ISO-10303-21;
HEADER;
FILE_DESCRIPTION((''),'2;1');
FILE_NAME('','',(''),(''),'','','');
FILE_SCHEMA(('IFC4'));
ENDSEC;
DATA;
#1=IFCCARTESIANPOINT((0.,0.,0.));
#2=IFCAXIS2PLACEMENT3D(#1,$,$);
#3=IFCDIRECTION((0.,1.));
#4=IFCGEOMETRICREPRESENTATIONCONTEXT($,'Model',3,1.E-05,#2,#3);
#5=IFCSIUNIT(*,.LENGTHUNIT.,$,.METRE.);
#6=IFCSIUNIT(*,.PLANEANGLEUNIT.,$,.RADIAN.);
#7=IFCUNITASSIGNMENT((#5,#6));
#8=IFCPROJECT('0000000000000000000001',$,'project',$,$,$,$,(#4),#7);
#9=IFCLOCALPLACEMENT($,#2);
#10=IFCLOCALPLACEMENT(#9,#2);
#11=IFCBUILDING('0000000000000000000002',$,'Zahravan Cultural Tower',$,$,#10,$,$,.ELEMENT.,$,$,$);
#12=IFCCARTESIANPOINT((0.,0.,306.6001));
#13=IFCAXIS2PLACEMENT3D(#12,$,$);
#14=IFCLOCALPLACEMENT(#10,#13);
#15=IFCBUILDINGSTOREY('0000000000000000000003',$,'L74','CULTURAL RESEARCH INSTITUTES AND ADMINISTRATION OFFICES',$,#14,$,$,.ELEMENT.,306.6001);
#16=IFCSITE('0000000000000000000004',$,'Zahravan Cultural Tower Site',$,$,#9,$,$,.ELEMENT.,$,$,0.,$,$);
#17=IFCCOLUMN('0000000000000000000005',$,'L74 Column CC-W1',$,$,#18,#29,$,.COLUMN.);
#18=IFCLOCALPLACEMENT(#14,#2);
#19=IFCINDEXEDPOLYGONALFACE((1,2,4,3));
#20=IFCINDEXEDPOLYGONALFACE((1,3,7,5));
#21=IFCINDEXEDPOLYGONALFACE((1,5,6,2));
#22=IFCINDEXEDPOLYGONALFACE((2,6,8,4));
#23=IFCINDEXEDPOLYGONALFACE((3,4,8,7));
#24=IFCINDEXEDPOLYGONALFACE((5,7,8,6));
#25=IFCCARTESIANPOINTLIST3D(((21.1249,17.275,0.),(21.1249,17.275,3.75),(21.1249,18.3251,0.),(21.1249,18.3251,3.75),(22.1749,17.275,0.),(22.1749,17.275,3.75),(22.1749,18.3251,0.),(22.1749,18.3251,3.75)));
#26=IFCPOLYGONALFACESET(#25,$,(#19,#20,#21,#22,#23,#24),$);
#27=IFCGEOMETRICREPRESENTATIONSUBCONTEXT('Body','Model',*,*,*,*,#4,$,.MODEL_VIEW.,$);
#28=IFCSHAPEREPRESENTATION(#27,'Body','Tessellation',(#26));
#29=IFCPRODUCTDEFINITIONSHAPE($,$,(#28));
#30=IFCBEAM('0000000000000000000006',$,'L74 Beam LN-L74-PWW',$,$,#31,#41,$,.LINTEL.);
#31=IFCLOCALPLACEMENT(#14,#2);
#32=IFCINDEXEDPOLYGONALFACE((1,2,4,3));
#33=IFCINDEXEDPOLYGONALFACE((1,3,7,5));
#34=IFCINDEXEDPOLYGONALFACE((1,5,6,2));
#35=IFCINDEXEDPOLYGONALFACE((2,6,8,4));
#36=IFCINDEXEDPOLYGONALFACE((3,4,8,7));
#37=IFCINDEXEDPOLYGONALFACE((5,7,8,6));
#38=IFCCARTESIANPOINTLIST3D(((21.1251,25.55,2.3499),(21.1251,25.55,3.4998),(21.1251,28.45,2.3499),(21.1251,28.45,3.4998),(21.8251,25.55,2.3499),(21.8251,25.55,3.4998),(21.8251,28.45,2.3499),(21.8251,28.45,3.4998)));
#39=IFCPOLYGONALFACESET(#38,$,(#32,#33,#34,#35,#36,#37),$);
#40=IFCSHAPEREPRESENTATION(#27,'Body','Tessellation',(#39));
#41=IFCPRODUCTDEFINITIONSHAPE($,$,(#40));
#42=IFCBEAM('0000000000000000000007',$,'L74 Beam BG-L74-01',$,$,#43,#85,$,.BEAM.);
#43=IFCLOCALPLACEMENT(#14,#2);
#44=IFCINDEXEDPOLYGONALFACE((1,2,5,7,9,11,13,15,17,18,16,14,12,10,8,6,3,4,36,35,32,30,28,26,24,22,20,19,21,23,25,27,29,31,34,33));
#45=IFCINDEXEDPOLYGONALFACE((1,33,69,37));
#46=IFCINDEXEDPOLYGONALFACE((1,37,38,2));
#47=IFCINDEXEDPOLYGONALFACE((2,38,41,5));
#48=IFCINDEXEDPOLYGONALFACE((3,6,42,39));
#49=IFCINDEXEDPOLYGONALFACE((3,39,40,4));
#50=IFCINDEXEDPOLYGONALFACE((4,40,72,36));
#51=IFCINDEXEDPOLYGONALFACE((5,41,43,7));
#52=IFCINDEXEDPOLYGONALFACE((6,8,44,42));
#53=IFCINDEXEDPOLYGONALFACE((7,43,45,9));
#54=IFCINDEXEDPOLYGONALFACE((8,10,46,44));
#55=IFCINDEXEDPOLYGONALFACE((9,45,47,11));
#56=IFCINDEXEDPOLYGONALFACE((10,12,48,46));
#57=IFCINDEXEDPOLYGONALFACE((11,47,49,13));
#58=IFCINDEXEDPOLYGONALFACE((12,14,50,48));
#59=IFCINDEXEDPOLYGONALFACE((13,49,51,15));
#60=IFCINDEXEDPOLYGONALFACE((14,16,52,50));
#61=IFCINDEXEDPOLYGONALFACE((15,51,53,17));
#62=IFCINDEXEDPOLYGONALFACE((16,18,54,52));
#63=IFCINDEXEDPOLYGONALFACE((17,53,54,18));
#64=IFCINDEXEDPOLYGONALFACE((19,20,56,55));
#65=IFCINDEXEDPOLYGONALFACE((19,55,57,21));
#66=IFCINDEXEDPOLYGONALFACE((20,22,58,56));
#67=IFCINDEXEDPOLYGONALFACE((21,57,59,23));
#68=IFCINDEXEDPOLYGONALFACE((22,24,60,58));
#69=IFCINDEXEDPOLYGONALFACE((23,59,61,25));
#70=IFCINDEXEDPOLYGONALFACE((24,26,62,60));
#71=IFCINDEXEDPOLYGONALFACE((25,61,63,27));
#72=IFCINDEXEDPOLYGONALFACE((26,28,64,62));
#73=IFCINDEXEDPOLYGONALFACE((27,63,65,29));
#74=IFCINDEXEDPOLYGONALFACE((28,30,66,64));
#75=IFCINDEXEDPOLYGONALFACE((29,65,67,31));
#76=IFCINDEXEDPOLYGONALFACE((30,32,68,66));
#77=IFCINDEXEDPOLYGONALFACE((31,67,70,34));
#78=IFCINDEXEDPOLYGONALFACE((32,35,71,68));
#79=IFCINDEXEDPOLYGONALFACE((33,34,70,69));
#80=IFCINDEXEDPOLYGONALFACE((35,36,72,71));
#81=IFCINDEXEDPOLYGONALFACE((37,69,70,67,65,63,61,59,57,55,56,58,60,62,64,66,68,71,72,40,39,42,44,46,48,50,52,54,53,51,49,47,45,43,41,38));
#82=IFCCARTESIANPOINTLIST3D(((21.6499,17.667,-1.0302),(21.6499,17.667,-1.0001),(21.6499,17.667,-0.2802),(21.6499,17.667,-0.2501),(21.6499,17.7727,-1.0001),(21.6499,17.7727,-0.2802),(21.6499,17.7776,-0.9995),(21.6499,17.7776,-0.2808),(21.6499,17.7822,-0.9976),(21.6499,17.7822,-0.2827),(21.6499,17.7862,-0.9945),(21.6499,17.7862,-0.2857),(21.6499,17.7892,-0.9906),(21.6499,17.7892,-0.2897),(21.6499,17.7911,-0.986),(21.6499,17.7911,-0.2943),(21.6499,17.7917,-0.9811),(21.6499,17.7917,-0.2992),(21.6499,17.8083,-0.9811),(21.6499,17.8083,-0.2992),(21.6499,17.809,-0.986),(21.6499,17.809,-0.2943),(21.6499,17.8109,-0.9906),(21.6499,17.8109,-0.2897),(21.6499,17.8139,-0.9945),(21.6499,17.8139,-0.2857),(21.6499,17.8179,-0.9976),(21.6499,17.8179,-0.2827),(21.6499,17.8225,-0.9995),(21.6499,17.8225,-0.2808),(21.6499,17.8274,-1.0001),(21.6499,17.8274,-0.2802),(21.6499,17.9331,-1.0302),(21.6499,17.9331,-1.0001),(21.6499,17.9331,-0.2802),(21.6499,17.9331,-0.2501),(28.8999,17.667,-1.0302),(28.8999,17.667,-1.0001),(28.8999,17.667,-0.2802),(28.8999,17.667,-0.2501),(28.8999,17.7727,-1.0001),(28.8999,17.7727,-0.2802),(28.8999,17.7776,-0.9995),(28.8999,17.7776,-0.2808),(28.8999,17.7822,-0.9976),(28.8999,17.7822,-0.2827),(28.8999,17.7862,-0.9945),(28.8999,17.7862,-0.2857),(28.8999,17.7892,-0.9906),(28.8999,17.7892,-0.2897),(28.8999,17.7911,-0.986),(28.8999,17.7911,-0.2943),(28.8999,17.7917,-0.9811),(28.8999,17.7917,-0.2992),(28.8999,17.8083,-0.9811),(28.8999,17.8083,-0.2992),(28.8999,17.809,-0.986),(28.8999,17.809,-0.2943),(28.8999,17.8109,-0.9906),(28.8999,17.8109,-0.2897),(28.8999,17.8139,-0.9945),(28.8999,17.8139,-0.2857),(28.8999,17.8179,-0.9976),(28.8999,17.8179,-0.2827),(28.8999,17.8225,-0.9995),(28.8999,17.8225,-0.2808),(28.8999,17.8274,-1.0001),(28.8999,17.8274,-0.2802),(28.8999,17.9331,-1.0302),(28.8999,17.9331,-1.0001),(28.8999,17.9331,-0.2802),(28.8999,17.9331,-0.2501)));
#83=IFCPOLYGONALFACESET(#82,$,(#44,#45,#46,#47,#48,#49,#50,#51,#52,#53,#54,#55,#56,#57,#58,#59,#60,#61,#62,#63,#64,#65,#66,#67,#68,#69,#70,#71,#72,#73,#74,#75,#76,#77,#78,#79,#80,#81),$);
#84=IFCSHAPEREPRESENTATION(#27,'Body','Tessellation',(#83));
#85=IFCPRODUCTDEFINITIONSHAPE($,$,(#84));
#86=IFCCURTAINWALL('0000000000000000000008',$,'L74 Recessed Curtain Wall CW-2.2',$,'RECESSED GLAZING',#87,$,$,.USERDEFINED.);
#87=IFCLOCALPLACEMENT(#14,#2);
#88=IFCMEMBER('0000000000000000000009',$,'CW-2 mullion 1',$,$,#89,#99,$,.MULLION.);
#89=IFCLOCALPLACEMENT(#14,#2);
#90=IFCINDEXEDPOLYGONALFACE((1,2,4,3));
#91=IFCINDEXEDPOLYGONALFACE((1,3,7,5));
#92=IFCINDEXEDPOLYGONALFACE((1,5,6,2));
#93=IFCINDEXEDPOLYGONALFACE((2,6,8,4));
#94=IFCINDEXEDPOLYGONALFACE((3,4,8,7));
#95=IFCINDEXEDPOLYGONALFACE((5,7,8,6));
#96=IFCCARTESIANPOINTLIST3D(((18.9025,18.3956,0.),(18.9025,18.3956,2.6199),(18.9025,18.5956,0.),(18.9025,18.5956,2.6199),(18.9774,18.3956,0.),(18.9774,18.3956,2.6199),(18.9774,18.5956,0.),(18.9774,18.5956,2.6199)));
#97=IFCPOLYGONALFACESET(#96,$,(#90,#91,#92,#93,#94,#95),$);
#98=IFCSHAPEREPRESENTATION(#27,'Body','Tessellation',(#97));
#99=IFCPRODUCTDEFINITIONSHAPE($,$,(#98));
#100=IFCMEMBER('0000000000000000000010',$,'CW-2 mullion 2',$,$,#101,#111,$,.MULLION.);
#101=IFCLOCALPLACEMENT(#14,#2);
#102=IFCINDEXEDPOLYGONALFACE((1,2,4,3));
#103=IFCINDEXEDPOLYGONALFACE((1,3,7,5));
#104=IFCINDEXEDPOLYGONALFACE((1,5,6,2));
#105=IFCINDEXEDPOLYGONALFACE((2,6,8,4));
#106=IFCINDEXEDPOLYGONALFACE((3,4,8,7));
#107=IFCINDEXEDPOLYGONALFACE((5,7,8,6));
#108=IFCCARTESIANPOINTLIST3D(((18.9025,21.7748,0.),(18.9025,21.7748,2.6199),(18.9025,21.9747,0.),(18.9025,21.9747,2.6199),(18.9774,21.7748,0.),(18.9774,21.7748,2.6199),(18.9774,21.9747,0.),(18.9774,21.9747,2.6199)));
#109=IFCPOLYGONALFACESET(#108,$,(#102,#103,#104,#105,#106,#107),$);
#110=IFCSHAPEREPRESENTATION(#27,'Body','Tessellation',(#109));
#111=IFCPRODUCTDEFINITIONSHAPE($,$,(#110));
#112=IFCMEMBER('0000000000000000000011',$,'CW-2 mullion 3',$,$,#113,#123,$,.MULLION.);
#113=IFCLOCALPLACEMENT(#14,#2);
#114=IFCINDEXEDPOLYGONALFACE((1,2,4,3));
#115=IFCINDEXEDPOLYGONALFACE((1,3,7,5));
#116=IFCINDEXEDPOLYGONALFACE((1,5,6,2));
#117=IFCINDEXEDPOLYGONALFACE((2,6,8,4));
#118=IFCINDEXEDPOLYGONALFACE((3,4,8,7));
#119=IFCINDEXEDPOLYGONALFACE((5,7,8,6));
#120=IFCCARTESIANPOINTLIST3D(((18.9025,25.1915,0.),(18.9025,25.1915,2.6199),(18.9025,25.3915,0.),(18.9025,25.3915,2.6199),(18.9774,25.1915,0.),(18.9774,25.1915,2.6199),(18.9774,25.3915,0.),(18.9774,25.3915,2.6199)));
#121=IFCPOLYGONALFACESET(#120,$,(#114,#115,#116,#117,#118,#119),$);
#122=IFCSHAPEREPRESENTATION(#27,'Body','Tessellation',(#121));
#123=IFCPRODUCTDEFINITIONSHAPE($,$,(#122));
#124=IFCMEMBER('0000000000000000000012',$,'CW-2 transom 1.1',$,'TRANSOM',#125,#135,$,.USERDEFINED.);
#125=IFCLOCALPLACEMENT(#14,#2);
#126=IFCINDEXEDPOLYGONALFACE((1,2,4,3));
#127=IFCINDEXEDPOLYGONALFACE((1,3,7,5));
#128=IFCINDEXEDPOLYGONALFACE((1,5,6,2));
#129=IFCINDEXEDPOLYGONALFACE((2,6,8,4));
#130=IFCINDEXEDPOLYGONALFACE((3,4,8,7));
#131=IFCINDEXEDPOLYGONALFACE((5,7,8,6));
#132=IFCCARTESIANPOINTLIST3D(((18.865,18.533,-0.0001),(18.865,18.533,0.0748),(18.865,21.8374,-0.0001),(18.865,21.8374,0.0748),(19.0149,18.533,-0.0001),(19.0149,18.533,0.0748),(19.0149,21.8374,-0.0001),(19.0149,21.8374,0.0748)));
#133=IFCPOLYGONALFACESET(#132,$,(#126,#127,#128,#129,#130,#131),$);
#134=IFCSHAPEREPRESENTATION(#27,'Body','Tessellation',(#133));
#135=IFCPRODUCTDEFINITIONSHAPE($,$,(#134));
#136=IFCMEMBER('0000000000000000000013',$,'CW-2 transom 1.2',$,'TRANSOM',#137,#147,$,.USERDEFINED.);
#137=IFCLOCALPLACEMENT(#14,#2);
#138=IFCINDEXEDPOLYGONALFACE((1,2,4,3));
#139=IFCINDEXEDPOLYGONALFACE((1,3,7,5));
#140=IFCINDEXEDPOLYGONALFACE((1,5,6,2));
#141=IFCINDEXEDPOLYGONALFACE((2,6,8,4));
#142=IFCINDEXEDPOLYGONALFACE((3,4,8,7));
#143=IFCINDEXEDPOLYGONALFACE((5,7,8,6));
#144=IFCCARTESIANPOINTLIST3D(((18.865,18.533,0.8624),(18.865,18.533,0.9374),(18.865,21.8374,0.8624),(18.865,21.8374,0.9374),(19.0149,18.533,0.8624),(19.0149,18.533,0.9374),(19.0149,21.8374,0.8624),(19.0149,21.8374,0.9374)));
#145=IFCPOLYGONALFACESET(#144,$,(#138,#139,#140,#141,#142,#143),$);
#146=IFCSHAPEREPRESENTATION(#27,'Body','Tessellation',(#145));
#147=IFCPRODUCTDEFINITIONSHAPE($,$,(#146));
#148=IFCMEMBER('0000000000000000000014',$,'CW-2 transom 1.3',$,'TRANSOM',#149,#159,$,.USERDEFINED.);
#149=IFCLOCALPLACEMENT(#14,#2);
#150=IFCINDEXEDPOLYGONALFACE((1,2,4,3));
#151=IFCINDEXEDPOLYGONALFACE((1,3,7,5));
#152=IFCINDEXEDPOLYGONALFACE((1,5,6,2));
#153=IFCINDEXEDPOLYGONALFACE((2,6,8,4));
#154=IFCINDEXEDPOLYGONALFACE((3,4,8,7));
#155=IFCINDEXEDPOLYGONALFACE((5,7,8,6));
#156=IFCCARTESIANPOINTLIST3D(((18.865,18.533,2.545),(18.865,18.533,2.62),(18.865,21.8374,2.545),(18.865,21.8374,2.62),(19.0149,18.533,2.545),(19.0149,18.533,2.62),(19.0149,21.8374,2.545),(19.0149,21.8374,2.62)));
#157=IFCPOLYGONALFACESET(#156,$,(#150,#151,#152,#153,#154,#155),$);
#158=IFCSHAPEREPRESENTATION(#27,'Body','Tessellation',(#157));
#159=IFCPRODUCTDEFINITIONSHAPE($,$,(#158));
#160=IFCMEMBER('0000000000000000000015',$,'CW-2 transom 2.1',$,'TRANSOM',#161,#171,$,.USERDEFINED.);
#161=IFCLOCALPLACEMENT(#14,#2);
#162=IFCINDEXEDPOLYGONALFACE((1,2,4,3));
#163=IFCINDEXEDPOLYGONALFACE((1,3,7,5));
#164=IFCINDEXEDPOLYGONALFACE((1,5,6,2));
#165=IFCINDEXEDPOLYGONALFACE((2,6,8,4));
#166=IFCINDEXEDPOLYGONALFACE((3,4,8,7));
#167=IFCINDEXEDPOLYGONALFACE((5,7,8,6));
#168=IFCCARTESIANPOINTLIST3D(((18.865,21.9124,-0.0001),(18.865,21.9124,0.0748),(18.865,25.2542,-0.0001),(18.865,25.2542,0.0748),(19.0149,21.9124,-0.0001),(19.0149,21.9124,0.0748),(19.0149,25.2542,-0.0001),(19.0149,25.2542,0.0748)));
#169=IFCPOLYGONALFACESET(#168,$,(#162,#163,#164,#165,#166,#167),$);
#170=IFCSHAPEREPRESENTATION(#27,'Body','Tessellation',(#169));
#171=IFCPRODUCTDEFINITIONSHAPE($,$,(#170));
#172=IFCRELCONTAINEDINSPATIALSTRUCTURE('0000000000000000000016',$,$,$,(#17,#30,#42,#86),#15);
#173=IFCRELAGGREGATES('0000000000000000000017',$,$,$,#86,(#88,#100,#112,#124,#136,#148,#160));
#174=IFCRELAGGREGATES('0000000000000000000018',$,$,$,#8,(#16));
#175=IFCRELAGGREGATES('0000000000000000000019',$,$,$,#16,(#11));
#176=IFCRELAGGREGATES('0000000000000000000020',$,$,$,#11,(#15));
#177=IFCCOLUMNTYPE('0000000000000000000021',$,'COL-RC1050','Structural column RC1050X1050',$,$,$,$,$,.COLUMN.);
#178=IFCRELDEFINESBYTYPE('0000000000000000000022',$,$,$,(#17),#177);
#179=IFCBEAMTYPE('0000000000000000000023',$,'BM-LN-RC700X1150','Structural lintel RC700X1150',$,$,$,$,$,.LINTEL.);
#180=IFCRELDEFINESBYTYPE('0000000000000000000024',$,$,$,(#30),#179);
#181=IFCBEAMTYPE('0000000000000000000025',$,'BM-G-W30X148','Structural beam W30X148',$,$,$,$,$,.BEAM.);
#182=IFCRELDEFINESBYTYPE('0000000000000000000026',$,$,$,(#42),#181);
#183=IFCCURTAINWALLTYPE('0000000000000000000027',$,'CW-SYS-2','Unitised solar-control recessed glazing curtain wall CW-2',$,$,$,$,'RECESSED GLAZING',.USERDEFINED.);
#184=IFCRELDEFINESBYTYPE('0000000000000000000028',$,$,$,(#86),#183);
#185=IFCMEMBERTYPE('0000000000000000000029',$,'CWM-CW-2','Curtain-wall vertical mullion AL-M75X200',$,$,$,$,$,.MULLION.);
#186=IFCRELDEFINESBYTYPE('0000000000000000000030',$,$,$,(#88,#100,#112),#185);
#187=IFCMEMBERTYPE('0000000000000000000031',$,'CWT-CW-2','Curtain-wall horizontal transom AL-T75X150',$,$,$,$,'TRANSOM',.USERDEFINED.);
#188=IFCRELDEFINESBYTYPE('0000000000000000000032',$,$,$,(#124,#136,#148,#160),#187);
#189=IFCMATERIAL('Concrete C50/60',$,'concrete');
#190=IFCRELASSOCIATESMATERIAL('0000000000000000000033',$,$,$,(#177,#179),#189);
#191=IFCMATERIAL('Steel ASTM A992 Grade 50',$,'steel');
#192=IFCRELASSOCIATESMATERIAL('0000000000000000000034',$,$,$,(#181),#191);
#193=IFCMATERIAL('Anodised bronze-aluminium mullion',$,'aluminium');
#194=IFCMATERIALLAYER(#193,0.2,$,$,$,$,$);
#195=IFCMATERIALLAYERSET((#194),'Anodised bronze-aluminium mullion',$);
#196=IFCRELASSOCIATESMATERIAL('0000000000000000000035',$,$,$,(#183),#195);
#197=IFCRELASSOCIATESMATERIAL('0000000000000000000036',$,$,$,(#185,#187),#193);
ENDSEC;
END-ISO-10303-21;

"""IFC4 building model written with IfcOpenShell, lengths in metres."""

from ifc_helpers import new_model, si_unit, direction, frame, origin, origin_2d, place, context, subcontext, project, spatial, rectangle, i_section, extrude, source, transform, mapped, material, layer, layer_set, material_profile, profile_set, type_object, element, aggregate, save


model = new_model("IFC4")

# Units and contexts
model_context = context("Model", 3, precision=1e-05, world=origin(), true_north=direction((0.0, 1.0)))
body_context = subcontext(model_context, "Body", "Model", "MODEL_VIEW")
ifc_project = project(units=[si_unit("LENGTHUNIT", "METRE"), si_unit("PLANEANGLEUNIT", "RADIAN")], contexts=[model_context])

# Site, building, storey
site_placement = place(None, origin())
site = spatial("IfcSite", under=ifc_project, at=site_placement, Name="Zahravan Cultural Tower Site", CompositionType="ELEMENT", RefElevation=0.0)
building_placement = place(site_placement, origin())
building = spatial("IfcBuilding", under=site, at=building_placement, Name="Zahravan Cultural Tower", CompositionType="ELEMENT")
storey_placement = place(building_placement, frame((0.0, 0.0, 306.6001)))
storey = spatial("IfcBuildingStorey", under=building, at=storey_placement, Name="L74", Description="CULTURAL RESEARCH INSTITUTES AND ADMINISTRATION OFFICES", CompositionType="ELEMENT", Elevation=306.6001)

# Column
ifc_material_1 = material(Name="Concrete C50/60", Category="concrete")
ifc_material_profile_1 = material_profile(ifc_material_1, rectangle(XDim=1.05, YDim=1.05, at=origin_2d()), Name="RC1050X1050")
ifc_profile_set_1 = profile_set([ifc_material_profile_1], Name="Concrete C50/60")
column_type = type_object("IfcColumnType", Name="COL-RC1050", Description="Structural column RC1050X1050", PredefinedType="COLUMN", material=ifc_profile_set_1)
shared_shape_1 = source(origin(), body_context, "Body", "SweptSolid", [
    extrude(rectangle(XDim=1.05, YDim=1.05, at=origin_2d()), origin(), (0.0, 0.0, 1.0), 3.75),
])
column_placement = place(storey_placement, frame((21.6499, 17.8, 0.0), z_axis=(0.0, 0.0, 1.0), x_axis=(1.0, 0.0, 0.0)))
element("IfcColumn", 1, at=column_placement, inside=storey, type_object=column_type, Name="L74 Column CC-W1", PredefinedType="COLUMN", context=body_context, shape_type="MappedRepresentation", body=[
    mapped(shared_shape_1, transform((0.0, 0.0, 0.0), x_axis=(1.0, 0.0, 0.0), y_axis=(0.0, 1.0, 0.0), z_axis=(0.0, 0.0, 1.0), scale=1.0)),
])

# Beams
ifc_material_profile_2 = material_profile(ifc_material_1, rectangle(XDim=0.7, YDim=1.1499, at=origin_2d()), Name="RC700X1150")
ifc_profile_set_2 = profile_set([ifc_material_profile_2], Name="Concrete C50/60")
beam_type_1 = type_object("IfcBeamType", Name="BM-LN-RC700X1150", Description="Structural lintel RC700X1150", PredefinedType="LINTEL", material=ifc_profile_set_2)
shared_shape_2 = source(origin(), body_context, "Body", "SweptSolid", [
    extrude(rectangle(XDim=0.7, YDim=1.1499, at=origin_2d()), origin(), (0.0, 0.0, 1.0), 2.8999),
])
beam_1_placement = place(storey_placement, frame((21.4751, 25.55, 2.9248), z_axis=(0.0, 1.0, 0.0), x_axis=(-1.0, 0.0, 0.0)))
element("IfcBeam", 2, at=beam_1_placement, inside=storey, type_object=beam_type_1, Name="L74 Beam LN-L74-PWW", PredefinedType="LINTEL", context=body_context, shape_type="MappedRepresentation", body=[
    mapped(shared_shape_2, transform((0.0, 0.0, 0.0), x_axis=(1.0, 0.0, 0.0), y_axis=(0.0, 1.0, 0.0), z_axis=(0.0, 0.0, 1.0), scale=1.0)),
])
ifc_material_2 = material(Name="Steel ASTM A992 Grade 50", Category="steel")
ifc_material_profile_3 = material_profile(ifc_material_2, i_section(OverallWidth=0.2661, OverallDepth=0.78, WebThickness=0.0166, FlangeThickness=0.03, FilletRadius=0.019, at=origin_2d()), Name="W30X148")
ifc_profile_set_3 = profile_set([ifc_material_profile_3], Name="Steel ASTM A992 Grade 50")
beam_type_2 = type_object("IfcBeamType", Name="BM-G-W30X148", Description="Structural beam W30X148", PredefinedType="BEAM", material=ifc_profile_set_3)
shared_shape_3 = source(origin(), body_context, "Body", "SweptSolid", [
    extrude(i_section(OverallWidth=0.2661, OverallDepth=0.78, WebThickness=0.0166, FlangeThickness=0.03, FilletRadius=0.019, at=origin_2d()), origin(), (0.0, 0.0, 1.0), 7.25),
])
beam_2_placement = place(storey_placement, frame((21.6499, 17.8, -0.6401), z_axis=(1.0, 0.0, 0.0), x_axis=(0.0, 1.0, 0.0)))
element("IfcBeam", 3, at=beam_2_placement, inside=storey, type_object=beam_type_2, Name="L74 Beam BG-L74-01", PredefinedType="BEAM", context=body_context, shape_type="MappedRepresentation", body=[
    mapped(shared_shape_3, transform((0.0, 0.0, 0.0), x_axis=(1.0, 0.0, 0.0), y_axis=(0.0, 1.0, 0.0), z_axis=(0.0, 0.0, 1.0), scale=1.0)),
])

# Curtain wall, members
ifc_material_3 = material(Name="Anodised bronze-aluminium mullion", Category="aluminium")
ifc_layer_1 = layer(ifc_material_3, 0.2)
ifc_layer_set_1 = layer_set([ifc_layer_1], Name="Anodised bronze-aluminium mullion")
curtain_wall_type = type_object("IfcCurtainWallType", Name="CW-SYS-2", Description="Unitised solar-control recessed glazing curtain wall CW-2", ElementType="RECESSED GLAZING", PredefinedType="USERDEFINED", material=ifc_layer_set_1)
curtain_wall_placement = place(storey_placement, origin())
curtain_wall = element("IfcCurtainWall", 4, at=curtain_wall_placement, inside=storey, type_object=curtain_wall_type, Name="L74 Recessed Curtain Wall CW-2.2", ObjectType="RECESSED GLAZING", PredefinedType="USERDEFINED")
ifc_material_profile_4 = material_profile(ifc_material_3, rectangle(XDim=0.075, YDim=0.2, at=origin_2d()), Name="AL-M75X200")
ifc_profile_set_4 = profile_set([ifc_material_profile_4], Name="Anodised bronze-aluminium mullion")
member_type_1 = type_object("IfcMemberType", Name="CWM-CW-2", Description="Curtain-wall vertical mullion AL-M75X200", PredefinedType="MULLION", material=ifc_profile_set_4)
shared_shape_4 = source(origin(), body_context, "Body", "SweptSolid", [
    extrude(rectangle(XDim=0.075, YDim=0.2, at=origin_2d()), origin(), (0.0, 0.0, 1.0), 2.6199),
])
member_1_placement = place(storey_placement, frame((18.9399, 18.4956, 0.0), z_axis=(0.0, 0.0, 1.0), x_axis=(-1.0, 0.0, 0.0)))
member_1 = element("IfcMember", 5, at=member_1_placement, type_object=member_type_1, Name="CW-2 mullion 1", PredefinedType="MULLION", context=body_context, shape_type="MappedRepresentation", body=[
    mapped(shared_shape_4, transform((0.0, 0.0, 0.0), x_axis=(1.0, 0.0, 0.0), y_axis=(0.0, 1.0, 0.0), z_axis=(0.0, 0.0, 1.0), scale=1.0)),
])
member_2_placement = place(storey_placement, frame((18.9399, 21.8748, 0.0), z_axis=(0.0, 0.0, 1.0), x_axis=(-1.0, 0.0, 0.0)))
member_2 = element("IfcMember", 6, at=member_2_placement, type_object=member_type_1, Name="CW-2 mullion 2", PredefinedType="MULLION", context=body_context, shape_type="MappedRepresentation", body=[
    mapped(shared_shape_4, transform((0.0, 0.0, 0.0), x_axis=(1.0, 0.0, 0.0), y_axis=(0.0, 1.0, 0.0), z_axis=(0.0, 0.0, 1.0), scale=1.0)),
])
member_3_placement = place(storey_placement, frame((18.9399, 25.2915, 0.0), z_axis=(0.0, 0.0, 1.0), x_axis=(-1.0, 0.0, 0.0)))
member_3 = element("IfcMember", 7, at=member_3_placement, type_object=member_type_1, Name="CW-2 mullion 3", PredefinedType="MULLION", context=body_context, shape_type="MappedRepresentation", body=[
    mapped(shared_shape_4, transform((0.0, 0.0, 0.0), x_axis=(1.0, 0.0, 0.0), y_axis=(0.0, 1.0, 0.0), z_axis=(0.0, 0.0, 1.0), scale=1.0)),
])
ifc_material_profile_5 = material_profile(ifc_material_3, rectangle(XDim=0.1499, YDim=0.075, at=origin_2d()), Name="AL-T75X150")
ifc_profile_set_5 = profile_set([ifc_material_profile_5], Name="Anodised bronze-aluminium mullion")
member_type_2 = type_object("IfcMemberType", Name="CWT-CW-2", Description="Curtain-wall horizontal transom AL-T75X150", ElementType="TRANSOM", PredefinedType="USERDEFINED", material=ifc_profile_set_5)
shared_shape_5 = source(origin(), body_context, "Body", "SweptSolid", [
    extrude(rectangle(XDim=0.1499, YDim=0.075, at=origin_2d()), origin(), (0.0, 0.0, 1.0), 3.3044),
])
member_4_placement = place(storey_placement, frame((18.9399, 18.533, 0.0374), z_axis=(0.0, 1.0, 0.0), x_axis=(-1.0, 0.0, 0.0)))
member_4 = element("IfcMember", 8, at=member_4_placement, type_object=member_type_2, Name="CW-2 transom 1.1", ObjectType="TRANSOM", PredefinedType="USERDEFINED", context=body_context, shape_type="MappedRepresentation", body=[
    mapped(shared_shape_5, transform((0.0, 0.0, 0.0), x_axis=(1.0, 0.0, 0.0), y_axis=(0.0, 1.0, 0.0), z_axis=(0.0, 0.0, 1.0), scale=1.0)),
])
member_5_placement = place(storey_placement, frame((18.9399, 18.533, 0.8999), z_axis=(0.0, 1.0, 0.0), x_axis=(-1.0, 0.0, 0.0)))
member_5 = element("IfcMember", 9, at=member_5_placement, type_object=member_type_2, Name="CW-2 transom 1.2", ObjectType="TRANSOM", PredefinedType="USERDEFINED", context=body_context, shape_type="MappedRepresentation", body=[
    mapped(shared_shape_5, transform((0.0, 0.0, 0.0), x_axis=(1.0, 0.0, 0.0), y_axis=(0.0, 1.0, 0.0), z_axis=(0.0, 0.0, 1.0), scale=1.0)),
])
member_6_placement = place(storey_placement, frame((18.9399, 18.533, 2.5825), z_axis=(0.0, 1.0, 0.0), x_axis=(-1.0, 0.0, 0.0)))
member_6 = element("IfcMember", 10, at=member_6_placement, type_object=member_type_2, Name="CW-2 transom 1.3", ObjectType="TRANSOM", PredefinedType="USERDEFINED", context=body_context, shape_type="MappedRepresentation", body=[
    mapped(shared_shape_5, transform((0.0, 0.0, 0.0), x_axis=(1.0, 0.0, 0.0), y_axis=(0.0, 1.0, 0.0), z_axis=(0.0, 0.0, 1.0), scale=1.0)),
])
shared_shape_6 = source(origin(), body_context, "Body", "SweptSolid", [
    extrude(rectangle(XDim=0.1499, YDim=0.075, at=origin_2d()), origin(), (0.0, 0.0, 1.0), 3.3418),
])
member_7_placement = place(storey_placement, frame((18.9399, 21.9124, 0.0374), z_axis=(0.0, 1.0, 0.0), x_axis=(-1.0, 0.0, 0.0)))
member_7 = element("IfcMember", 11, at=member_7_placement, type_object=member_type_2, Name="CW-2 transom 2.1", ObjectType="TRANSOM", PredefinedType="USERDEFINED", context=body_context, shape_type="MappedRepresentation", body=[
    mapped(shared_shape_6, transform((0.0, 0.0, 0.0), x_axis=(1.0, 0.0, 0.0), y_axis=(0.0, 1.0, 0.0), z_axis=(0.0, 0.0, 1.0), scale=1.0)),
])

aggregate(curtain_wall, [member_1, member_2, member_3, member_4, member_5, member_6, member_7])

save(model, "model.ifc")
